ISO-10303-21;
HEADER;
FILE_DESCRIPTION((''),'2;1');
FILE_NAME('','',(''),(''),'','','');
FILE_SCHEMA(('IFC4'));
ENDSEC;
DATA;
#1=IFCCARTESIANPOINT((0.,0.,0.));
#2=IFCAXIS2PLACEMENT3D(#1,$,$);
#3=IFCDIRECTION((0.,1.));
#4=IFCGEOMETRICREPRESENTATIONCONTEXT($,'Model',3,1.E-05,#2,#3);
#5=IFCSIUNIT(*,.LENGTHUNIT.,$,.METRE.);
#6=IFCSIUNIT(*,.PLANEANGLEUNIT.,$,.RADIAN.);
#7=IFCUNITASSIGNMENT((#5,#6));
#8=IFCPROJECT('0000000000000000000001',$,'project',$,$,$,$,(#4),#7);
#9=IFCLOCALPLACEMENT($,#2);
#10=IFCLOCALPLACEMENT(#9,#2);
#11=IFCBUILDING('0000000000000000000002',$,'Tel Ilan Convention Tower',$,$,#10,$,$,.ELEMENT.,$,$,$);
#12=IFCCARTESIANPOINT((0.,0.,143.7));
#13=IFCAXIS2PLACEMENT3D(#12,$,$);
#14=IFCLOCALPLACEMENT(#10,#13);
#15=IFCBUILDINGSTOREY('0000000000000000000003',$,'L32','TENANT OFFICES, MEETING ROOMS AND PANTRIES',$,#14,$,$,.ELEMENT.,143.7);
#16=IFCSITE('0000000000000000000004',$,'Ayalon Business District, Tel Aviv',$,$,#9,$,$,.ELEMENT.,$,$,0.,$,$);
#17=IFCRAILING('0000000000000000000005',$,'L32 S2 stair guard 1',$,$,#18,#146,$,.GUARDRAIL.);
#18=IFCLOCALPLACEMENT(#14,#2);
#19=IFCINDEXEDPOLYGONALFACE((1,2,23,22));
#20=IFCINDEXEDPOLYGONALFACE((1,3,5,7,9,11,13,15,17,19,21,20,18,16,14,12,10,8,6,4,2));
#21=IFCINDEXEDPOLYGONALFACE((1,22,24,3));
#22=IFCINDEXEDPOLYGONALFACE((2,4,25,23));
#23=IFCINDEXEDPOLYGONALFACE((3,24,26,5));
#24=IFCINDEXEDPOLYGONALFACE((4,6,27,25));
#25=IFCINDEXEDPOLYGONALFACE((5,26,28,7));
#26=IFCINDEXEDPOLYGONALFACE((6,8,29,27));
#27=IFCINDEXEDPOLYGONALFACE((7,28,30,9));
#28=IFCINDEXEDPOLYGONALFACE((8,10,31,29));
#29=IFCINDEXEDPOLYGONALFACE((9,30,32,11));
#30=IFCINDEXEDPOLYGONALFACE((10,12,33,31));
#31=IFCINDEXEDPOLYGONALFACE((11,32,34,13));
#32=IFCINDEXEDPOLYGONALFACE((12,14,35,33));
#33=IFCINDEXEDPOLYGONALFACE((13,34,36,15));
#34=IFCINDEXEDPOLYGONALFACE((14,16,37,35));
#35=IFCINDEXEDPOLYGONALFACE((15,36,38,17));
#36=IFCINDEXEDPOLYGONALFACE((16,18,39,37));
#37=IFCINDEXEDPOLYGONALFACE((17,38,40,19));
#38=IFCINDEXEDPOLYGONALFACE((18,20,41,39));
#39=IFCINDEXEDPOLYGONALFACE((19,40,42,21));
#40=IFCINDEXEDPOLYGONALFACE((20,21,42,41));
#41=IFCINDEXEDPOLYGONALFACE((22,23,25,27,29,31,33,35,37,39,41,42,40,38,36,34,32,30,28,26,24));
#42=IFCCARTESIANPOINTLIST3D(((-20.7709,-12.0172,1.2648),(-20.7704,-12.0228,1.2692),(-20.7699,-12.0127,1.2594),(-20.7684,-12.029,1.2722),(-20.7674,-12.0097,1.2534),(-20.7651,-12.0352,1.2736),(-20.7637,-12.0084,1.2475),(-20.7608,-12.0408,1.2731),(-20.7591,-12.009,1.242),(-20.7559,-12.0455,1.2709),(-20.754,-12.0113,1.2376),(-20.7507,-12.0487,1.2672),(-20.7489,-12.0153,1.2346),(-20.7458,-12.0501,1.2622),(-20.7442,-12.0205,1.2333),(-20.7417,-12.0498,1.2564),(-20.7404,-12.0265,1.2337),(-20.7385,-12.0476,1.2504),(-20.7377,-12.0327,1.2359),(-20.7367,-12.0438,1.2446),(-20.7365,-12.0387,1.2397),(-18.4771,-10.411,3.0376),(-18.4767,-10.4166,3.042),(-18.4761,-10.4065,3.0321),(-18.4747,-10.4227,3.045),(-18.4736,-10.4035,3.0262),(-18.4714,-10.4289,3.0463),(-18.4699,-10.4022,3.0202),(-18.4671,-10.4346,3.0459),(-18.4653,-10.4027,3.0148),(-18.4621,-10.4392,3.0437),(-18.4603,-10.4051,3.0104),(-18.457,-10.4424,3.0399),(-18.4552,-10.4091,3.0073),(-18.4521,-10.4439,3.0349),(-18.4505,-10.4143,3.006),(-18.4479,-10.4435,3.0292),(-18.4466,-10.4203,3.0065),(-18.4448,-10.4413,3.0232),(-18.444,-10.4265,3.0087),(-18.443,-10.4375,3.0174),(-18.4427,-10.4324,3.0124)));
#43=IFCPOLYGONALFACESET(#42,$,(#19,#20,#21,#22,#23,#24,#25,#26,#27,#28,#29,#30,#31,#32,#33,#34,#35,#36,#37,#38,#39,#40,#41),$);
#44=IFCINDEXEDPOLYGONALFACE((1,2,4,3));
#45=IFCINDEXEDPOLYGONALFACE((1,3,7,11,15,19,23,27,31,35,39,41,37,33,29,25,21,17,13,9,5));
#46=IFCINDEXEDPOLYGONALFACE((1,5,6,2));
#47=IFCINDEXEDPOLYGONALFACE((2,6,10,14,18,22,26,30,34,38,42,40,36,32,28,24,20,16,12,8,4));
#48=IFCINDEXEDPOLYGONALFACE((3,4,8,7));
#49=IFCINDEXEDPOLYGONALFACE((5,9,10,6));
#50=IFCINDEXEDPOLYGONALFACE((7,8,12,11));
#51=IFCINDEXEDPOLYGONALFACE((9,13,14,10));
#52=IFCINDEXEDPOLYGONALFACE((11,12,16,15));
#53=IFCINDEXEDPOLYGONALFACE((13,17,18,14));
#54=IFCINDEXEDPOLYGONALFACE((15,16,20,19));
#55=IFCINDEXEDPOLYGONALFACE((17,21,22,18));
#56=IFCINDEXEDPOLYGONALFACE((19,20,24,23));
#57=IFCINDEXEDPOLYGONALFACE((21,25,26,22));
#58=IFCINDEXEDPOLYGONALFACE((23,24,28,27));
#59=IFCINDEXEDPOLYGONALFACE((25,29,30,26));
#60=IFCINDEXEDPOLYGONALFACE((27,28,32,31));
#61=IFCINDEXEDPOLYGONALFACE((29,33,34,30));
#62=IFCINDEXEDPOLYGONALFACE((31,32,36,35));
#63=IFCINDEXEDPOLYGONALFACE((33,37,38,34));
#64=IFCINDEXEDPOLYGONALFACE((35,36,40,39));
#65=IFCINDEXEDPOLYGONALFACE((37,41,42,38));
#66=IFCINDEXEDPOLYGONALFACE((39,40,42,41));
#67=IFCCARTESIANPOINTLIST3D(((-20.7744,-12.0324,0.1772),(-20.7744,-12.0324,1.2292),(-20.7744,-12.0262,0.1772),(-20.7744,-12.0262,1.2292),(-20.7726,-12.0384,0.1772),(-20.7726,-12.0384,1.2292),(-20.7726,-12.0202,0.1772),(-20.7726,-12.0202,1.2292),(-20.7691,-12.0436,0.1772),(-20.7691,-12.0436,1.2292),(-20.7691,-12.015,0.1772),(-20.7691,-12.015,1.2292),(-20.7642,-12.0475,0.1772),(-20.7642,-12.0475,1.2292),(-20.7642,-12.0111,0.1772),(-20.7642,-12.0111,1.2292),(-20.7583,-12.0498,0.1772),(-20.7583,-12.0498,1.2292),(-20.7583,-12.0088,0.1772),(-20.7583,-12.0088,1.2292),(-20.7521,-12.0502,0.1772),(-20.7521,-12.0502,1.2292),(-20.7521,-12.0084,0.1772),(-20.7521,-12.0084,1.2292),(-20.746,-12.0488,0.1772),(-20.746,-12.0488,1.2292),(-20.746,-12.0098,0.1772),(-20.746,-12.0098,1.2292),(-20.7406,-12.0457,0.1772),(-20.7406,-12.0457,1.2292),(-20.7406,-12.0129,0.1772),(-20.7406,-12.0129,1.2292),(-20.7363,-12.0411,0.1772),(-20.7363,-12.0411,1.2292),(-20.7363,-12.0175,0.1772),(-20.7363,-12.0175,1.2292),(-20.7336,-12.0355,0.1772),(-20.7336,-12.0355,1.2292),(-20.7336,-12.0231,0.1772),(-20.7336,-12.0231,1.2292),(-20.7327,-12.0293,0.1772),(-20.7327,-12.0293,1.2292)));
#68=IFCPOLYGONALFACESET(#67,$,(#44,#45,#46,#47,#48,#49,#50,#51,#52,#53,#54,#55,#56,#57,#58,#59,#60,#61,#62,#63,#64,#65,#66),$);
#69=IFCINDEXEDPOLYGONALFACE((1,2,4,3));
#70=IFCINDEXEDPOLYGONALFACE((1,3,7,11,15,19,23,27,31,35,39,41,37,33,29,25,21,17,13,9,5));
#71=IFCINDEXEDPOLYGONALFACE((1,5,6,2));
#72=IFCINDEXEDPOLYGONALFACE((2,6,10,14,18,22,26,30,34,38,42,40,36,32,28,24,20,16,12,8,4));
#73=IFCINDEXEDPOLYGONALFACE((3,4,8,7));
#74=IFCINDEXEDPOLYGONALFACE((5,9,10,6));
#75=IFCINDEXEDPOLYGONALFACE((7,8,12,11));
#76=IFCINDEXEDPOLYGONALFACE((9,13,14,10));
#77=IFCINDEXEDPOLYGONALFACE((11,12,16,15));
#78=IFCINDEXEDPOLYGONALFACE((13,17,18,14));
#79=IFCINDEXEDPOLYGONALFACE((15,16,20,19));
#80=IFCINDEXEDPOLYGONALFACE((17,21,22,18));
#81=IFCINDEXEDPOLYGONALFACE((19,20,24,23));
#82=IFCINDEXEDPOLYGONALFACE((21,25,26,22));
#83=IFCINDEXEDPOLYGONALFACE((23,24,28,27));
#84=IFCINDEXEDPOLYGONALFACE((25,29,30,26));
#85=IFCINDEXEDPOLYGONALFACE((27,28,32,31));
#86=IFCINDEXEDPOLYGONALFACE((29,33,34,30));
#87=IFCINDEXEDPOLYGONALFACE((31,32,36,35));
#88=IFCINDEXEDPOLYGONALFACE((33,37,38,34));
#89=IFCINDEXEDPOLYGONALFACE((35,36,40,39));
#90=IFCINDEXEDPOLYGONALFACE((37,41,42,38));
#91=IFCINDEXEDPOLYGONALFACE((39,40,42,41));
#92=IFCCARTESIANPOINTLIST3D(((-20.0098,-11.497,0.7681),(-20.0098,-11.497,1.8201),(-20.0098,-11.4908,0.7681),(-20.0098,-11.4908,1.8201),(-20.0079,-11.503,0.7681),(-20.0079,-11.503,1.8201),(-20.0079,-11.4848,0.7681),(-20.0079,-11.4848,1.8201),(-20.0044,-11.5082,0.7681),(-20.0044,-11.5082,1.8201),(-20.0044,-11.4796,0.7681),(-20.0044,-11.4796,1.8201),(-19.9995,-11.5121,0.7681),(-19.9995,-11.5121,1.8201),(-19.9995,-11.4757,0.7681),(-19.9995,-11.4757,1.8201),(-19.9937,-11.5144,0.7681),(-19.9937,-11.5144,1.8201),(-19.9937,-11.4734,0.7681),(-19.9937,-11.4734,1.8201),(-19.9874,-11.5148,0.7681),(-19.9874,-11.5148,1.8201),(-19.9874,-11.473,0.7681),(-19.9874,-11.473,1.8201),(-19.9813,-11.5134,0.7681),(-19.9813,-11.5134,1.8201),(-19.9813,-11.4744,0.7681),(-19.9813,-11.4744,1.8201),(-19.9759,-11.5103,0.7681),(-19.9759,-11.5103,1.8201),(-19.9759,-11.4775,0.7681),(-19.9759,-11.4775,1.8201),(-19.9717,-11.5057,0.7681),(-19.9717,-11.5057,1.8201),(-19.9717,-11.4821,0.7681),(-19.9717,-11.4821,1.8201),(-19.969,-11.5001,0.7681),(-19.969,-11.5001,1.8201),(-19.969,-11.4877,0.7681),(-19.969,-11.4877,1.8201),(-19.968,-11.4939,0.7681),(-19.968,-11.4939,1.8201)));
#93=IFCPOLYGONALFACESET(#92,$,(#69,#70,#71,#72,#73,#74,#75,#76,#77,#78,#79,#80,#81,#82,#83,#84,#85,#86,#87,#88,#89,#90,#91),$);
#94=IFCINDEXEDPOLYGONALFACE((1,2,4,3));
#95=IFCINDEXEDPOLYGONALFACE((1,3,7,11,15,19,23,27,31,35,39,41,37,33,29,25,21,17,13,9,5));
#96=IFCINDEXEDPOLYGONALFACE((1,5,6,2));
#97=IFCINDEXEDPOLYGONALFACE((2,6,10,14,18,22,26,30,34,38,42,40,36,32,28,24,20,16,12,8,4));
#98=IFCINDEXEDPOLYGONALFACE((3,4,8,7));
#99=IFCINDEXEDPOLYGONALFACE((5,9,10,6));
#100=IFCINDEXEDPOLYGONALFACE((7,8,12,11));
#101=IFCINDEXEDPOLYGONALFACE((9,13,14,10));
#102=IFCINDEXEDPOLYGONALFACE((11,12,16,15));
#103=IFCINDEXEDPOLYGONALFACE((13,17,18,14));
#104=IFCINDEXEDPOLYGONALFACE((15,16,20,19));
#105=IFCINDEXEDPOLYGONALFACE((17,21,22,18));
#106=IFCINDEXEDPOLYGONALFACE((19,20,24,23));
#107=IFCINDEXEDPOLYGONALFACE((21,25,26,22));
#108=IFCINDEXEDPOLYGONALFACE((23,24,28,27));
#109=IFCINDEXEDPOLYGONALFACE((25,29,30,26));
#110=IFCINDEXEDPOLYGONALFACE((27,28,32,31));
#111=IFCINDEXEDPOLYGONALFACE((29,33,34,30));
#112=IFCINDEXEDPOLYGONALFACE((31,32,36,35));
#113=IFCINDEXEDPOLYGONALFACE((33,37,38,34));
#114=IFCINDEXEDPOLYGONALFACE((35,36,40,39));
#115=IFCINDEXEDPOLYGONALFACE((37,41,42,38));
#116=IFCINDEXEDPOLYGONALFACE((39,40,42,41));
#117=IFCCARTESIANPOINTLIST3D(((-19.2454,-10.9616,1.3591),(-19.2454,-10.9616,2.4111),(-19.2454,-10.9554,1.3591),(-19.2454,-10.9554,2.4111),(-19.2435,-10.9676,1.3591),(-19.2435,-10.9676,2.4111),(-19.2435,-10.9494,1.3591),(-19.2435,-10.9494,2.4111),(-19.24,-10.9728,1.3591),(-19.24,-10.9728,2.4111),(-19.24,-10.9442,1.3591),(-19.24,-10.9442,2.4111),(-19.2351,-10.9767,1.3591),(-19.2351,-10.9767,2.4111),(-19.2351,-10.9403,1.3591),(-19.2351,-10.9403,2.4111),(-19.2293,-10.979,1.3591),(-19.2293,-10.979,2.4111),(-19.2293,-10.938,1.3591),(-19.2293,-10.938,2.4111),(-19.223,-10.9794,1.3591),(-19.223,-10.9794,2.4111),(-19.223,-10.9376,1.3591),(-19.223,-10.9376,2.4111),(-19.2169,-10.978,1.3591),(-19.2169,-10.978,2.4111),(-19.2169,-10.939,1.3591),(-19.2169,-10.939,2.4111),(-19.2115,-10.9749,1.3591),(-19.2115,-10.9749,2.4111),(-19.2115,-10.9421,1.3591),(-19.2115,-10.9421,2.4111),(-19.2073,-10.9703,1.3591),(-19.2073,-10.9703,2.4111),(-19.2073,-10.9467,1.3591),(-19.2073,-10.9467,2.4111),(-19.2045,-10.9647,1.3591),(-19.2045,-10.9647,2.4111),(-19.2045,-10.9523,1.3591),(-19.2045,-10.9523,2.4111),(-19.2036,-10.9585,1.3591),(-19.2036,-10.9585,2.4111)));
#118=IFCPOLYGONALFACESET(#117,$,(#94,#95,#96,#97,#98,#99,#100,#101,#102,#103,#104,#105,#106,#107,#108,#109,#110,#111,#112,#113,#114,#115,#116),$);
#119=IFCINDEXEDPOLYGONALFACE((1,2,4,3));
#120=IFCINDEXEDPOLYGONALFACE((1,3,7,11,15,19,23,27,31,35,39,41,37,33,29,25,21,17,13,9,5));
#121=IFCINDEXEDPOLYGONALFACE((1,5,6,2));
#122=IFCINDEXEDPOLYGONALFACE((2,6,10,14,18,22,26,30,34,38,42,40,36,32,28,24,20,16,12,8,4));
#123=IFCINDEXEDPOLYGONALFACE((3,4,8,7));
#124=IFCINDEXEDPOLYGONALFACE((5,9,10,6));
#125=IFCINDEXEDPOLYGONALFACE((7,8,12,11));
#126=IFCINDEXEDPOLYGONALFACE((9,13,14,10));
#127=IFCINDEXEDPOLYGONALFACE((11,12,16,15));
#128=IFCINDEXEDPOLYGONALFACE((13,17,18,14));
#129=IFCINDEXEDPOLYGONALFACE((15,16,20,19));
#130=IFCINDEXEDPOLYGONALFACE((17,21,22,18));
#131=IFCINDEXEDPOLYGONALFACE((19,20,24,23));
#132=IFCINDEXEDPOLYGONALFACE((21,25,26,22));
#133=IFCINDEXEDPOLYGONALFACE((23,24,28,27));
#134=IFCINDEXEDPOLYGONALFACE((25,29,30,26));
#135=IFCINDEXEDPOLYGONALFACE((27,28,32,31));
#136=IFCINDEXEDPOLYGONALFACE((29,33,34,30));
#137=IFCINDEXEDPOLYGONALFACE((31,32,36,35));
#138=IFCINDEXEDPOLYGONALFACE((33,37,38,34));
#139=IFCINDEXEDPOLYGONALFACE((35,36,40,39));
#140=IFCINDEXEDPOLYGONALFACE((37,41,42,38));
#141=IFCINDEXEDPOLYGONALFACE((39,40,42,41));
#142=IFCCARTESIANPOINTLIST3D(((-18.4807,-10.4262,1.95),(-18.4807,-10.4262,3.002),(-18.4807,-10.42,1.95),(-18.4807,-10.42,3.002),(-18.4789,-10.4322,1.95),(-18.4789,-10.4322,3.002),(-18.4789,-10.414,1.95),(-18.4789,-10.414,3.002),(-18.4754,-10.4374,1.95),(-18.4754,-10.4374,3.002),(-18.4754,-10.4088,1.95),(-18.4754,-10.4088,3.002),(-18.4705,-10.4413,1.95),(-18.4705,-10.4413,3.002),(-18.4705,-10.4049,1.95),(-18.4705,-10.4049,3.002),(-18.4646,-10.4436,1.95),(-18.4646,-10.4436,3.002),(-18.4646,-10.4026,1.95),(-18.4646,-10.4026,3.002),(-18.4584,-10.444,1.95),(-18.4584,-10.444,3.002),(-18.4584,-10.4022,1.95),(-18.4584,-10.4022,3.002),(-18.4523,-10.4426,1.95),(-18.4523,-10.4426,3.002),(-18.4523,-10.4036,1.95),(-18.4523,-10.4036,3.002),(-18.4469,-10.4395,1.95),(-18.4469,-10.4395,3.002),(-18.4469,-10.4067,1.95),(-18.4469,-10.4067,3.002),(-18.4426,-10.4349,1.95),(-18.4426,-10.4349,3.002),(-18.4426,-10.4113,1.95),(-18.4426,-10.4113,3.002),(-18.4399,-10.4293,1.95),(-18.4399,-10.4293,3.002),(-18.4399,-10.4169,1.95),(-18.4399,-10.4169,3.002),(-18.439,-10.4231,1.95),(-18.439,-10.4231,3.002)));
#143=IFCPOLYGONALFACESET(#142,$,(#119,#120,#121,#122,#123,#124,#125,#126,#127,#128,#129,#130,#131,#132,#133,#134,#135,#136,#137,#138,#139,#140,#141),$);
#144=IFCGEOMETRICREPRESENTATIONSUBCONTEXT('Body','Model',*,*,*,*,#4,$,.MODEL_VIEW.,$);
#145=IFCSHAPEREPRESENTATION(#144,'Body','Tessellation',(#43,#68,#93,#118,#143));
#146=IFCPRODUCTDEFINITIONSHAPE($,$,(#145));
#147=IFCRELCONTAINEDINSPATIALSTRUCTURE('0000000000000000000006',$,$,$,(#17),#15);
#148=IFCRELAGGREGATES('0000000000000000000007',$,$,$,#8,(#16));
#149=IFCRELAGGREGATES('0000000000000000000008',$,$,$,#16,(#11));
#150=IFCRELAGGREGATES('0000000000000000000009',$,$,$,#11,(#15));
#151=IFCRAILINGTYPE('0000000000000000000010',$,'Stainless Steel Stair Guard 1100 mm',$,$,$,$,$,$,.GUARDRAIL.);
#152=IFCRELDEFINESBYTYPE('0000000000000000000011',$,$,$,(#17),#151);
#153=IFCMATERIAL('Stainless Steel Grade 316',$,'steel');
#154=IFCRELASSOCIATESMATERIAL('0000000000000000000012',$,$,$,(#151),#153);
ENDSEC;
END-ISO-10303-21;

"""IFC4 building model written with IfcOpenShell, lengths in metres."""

from ifc_helpers import new_model, si_unit, direction, frame, origin, origin_2d, place, context, subcontext, project, spatial, circle, extrude, material, type_object, element, save


model = new_model("IFC4")

# Units and contexts
model_context = context("Model", 3, precision=1e-05, world=origin(), true_north=direction((0.0, 1.0)))
body_context = subcontext(model_context, "Body", "Model", "MODEL_VIEW")
ifc_project = project(units=[si_unit("LENGTHUNIT", "METRE"), si_unit("PLANEANGLEUNIT", "RADIAN")], contexts=[model_context])

# Site, building, storey
site_placement = place(None, origin())
site = spatial("IfcSite", under=ifc_project, at=site_placement, Name="Ayalon Business District, Tel Aviv", CompositionType="ELEMENT", RefElevation=0.0)
building_placement = place(site_placement, origin())
building = spatial("IfcBuilding", under=site, at=building_placement, Name="Tel Ilan Convention Tower", CompositionType="ELEMENT")
storey_placement = place(building_placement, frame((0.0, 0.0, 143.7)))
storey = spatial("IfcBuildingStorey", under=building, at=storey_placement, Name="L32", Description="TENANT OFFICES, MEETING ROOMS AND PANTRIES", CompositionType="ELEMENT", Elevation=143.7)

# Railing
ifc_material_1 = material(Name="Stainless Steel Grade 316", Category="steel")
railing_type_1 = type_object("IfcRailingType", Name="Stainless Steel Stair Guard 1100 mm", PredefinedType="GUARDRAIL", material=ifc_material_1)
railing_1_placement = place(storey_placement, frame((-20.7537, -12.0293, 0.1772)))
element("IfcRailing", 1, at=railing_1_placement, inside=storey, type_object=railing_type_1, Name="L32 S2 stair guard 1", PredefinedType="GUARDRAIL", context=body_context, shape_type="SweptSolid", body=[
    extrude(circle(Radius=0.0239, at=origin_2d()), frame((0.0, 0.0, 1.0762), z_axis=(0.692098, 0.484653, 0.534894), x_axis=(-0.573609, 0.81913, 0.0)), (0.0, 0.0, 1.0), 3.3142),
    extrude(circle(Radius=0.021, at=origin_2d()), origin(), (0.0, 0.0, 1.0), 1.052),
    extrude(circle(Radius=0.021, at=origin_2d()), frame((0.7646, 0.5354, 0.5908)), (0.0, 0.0, 1.0), 1.052),
    extrude(circle(Radius=0.021, at=origin_2d()), frame((1.5291, 1.0708, 1.1819)), (0.0, 0.0, 1.0), 1.052),
    extrude(circle(Radius=0.021, at=origin_2d()), frame((2.2937, 1.6062, 1.7727)), (0.0, 0.0, 1.0), 1.052),
])

save(model, "model.ifc")
